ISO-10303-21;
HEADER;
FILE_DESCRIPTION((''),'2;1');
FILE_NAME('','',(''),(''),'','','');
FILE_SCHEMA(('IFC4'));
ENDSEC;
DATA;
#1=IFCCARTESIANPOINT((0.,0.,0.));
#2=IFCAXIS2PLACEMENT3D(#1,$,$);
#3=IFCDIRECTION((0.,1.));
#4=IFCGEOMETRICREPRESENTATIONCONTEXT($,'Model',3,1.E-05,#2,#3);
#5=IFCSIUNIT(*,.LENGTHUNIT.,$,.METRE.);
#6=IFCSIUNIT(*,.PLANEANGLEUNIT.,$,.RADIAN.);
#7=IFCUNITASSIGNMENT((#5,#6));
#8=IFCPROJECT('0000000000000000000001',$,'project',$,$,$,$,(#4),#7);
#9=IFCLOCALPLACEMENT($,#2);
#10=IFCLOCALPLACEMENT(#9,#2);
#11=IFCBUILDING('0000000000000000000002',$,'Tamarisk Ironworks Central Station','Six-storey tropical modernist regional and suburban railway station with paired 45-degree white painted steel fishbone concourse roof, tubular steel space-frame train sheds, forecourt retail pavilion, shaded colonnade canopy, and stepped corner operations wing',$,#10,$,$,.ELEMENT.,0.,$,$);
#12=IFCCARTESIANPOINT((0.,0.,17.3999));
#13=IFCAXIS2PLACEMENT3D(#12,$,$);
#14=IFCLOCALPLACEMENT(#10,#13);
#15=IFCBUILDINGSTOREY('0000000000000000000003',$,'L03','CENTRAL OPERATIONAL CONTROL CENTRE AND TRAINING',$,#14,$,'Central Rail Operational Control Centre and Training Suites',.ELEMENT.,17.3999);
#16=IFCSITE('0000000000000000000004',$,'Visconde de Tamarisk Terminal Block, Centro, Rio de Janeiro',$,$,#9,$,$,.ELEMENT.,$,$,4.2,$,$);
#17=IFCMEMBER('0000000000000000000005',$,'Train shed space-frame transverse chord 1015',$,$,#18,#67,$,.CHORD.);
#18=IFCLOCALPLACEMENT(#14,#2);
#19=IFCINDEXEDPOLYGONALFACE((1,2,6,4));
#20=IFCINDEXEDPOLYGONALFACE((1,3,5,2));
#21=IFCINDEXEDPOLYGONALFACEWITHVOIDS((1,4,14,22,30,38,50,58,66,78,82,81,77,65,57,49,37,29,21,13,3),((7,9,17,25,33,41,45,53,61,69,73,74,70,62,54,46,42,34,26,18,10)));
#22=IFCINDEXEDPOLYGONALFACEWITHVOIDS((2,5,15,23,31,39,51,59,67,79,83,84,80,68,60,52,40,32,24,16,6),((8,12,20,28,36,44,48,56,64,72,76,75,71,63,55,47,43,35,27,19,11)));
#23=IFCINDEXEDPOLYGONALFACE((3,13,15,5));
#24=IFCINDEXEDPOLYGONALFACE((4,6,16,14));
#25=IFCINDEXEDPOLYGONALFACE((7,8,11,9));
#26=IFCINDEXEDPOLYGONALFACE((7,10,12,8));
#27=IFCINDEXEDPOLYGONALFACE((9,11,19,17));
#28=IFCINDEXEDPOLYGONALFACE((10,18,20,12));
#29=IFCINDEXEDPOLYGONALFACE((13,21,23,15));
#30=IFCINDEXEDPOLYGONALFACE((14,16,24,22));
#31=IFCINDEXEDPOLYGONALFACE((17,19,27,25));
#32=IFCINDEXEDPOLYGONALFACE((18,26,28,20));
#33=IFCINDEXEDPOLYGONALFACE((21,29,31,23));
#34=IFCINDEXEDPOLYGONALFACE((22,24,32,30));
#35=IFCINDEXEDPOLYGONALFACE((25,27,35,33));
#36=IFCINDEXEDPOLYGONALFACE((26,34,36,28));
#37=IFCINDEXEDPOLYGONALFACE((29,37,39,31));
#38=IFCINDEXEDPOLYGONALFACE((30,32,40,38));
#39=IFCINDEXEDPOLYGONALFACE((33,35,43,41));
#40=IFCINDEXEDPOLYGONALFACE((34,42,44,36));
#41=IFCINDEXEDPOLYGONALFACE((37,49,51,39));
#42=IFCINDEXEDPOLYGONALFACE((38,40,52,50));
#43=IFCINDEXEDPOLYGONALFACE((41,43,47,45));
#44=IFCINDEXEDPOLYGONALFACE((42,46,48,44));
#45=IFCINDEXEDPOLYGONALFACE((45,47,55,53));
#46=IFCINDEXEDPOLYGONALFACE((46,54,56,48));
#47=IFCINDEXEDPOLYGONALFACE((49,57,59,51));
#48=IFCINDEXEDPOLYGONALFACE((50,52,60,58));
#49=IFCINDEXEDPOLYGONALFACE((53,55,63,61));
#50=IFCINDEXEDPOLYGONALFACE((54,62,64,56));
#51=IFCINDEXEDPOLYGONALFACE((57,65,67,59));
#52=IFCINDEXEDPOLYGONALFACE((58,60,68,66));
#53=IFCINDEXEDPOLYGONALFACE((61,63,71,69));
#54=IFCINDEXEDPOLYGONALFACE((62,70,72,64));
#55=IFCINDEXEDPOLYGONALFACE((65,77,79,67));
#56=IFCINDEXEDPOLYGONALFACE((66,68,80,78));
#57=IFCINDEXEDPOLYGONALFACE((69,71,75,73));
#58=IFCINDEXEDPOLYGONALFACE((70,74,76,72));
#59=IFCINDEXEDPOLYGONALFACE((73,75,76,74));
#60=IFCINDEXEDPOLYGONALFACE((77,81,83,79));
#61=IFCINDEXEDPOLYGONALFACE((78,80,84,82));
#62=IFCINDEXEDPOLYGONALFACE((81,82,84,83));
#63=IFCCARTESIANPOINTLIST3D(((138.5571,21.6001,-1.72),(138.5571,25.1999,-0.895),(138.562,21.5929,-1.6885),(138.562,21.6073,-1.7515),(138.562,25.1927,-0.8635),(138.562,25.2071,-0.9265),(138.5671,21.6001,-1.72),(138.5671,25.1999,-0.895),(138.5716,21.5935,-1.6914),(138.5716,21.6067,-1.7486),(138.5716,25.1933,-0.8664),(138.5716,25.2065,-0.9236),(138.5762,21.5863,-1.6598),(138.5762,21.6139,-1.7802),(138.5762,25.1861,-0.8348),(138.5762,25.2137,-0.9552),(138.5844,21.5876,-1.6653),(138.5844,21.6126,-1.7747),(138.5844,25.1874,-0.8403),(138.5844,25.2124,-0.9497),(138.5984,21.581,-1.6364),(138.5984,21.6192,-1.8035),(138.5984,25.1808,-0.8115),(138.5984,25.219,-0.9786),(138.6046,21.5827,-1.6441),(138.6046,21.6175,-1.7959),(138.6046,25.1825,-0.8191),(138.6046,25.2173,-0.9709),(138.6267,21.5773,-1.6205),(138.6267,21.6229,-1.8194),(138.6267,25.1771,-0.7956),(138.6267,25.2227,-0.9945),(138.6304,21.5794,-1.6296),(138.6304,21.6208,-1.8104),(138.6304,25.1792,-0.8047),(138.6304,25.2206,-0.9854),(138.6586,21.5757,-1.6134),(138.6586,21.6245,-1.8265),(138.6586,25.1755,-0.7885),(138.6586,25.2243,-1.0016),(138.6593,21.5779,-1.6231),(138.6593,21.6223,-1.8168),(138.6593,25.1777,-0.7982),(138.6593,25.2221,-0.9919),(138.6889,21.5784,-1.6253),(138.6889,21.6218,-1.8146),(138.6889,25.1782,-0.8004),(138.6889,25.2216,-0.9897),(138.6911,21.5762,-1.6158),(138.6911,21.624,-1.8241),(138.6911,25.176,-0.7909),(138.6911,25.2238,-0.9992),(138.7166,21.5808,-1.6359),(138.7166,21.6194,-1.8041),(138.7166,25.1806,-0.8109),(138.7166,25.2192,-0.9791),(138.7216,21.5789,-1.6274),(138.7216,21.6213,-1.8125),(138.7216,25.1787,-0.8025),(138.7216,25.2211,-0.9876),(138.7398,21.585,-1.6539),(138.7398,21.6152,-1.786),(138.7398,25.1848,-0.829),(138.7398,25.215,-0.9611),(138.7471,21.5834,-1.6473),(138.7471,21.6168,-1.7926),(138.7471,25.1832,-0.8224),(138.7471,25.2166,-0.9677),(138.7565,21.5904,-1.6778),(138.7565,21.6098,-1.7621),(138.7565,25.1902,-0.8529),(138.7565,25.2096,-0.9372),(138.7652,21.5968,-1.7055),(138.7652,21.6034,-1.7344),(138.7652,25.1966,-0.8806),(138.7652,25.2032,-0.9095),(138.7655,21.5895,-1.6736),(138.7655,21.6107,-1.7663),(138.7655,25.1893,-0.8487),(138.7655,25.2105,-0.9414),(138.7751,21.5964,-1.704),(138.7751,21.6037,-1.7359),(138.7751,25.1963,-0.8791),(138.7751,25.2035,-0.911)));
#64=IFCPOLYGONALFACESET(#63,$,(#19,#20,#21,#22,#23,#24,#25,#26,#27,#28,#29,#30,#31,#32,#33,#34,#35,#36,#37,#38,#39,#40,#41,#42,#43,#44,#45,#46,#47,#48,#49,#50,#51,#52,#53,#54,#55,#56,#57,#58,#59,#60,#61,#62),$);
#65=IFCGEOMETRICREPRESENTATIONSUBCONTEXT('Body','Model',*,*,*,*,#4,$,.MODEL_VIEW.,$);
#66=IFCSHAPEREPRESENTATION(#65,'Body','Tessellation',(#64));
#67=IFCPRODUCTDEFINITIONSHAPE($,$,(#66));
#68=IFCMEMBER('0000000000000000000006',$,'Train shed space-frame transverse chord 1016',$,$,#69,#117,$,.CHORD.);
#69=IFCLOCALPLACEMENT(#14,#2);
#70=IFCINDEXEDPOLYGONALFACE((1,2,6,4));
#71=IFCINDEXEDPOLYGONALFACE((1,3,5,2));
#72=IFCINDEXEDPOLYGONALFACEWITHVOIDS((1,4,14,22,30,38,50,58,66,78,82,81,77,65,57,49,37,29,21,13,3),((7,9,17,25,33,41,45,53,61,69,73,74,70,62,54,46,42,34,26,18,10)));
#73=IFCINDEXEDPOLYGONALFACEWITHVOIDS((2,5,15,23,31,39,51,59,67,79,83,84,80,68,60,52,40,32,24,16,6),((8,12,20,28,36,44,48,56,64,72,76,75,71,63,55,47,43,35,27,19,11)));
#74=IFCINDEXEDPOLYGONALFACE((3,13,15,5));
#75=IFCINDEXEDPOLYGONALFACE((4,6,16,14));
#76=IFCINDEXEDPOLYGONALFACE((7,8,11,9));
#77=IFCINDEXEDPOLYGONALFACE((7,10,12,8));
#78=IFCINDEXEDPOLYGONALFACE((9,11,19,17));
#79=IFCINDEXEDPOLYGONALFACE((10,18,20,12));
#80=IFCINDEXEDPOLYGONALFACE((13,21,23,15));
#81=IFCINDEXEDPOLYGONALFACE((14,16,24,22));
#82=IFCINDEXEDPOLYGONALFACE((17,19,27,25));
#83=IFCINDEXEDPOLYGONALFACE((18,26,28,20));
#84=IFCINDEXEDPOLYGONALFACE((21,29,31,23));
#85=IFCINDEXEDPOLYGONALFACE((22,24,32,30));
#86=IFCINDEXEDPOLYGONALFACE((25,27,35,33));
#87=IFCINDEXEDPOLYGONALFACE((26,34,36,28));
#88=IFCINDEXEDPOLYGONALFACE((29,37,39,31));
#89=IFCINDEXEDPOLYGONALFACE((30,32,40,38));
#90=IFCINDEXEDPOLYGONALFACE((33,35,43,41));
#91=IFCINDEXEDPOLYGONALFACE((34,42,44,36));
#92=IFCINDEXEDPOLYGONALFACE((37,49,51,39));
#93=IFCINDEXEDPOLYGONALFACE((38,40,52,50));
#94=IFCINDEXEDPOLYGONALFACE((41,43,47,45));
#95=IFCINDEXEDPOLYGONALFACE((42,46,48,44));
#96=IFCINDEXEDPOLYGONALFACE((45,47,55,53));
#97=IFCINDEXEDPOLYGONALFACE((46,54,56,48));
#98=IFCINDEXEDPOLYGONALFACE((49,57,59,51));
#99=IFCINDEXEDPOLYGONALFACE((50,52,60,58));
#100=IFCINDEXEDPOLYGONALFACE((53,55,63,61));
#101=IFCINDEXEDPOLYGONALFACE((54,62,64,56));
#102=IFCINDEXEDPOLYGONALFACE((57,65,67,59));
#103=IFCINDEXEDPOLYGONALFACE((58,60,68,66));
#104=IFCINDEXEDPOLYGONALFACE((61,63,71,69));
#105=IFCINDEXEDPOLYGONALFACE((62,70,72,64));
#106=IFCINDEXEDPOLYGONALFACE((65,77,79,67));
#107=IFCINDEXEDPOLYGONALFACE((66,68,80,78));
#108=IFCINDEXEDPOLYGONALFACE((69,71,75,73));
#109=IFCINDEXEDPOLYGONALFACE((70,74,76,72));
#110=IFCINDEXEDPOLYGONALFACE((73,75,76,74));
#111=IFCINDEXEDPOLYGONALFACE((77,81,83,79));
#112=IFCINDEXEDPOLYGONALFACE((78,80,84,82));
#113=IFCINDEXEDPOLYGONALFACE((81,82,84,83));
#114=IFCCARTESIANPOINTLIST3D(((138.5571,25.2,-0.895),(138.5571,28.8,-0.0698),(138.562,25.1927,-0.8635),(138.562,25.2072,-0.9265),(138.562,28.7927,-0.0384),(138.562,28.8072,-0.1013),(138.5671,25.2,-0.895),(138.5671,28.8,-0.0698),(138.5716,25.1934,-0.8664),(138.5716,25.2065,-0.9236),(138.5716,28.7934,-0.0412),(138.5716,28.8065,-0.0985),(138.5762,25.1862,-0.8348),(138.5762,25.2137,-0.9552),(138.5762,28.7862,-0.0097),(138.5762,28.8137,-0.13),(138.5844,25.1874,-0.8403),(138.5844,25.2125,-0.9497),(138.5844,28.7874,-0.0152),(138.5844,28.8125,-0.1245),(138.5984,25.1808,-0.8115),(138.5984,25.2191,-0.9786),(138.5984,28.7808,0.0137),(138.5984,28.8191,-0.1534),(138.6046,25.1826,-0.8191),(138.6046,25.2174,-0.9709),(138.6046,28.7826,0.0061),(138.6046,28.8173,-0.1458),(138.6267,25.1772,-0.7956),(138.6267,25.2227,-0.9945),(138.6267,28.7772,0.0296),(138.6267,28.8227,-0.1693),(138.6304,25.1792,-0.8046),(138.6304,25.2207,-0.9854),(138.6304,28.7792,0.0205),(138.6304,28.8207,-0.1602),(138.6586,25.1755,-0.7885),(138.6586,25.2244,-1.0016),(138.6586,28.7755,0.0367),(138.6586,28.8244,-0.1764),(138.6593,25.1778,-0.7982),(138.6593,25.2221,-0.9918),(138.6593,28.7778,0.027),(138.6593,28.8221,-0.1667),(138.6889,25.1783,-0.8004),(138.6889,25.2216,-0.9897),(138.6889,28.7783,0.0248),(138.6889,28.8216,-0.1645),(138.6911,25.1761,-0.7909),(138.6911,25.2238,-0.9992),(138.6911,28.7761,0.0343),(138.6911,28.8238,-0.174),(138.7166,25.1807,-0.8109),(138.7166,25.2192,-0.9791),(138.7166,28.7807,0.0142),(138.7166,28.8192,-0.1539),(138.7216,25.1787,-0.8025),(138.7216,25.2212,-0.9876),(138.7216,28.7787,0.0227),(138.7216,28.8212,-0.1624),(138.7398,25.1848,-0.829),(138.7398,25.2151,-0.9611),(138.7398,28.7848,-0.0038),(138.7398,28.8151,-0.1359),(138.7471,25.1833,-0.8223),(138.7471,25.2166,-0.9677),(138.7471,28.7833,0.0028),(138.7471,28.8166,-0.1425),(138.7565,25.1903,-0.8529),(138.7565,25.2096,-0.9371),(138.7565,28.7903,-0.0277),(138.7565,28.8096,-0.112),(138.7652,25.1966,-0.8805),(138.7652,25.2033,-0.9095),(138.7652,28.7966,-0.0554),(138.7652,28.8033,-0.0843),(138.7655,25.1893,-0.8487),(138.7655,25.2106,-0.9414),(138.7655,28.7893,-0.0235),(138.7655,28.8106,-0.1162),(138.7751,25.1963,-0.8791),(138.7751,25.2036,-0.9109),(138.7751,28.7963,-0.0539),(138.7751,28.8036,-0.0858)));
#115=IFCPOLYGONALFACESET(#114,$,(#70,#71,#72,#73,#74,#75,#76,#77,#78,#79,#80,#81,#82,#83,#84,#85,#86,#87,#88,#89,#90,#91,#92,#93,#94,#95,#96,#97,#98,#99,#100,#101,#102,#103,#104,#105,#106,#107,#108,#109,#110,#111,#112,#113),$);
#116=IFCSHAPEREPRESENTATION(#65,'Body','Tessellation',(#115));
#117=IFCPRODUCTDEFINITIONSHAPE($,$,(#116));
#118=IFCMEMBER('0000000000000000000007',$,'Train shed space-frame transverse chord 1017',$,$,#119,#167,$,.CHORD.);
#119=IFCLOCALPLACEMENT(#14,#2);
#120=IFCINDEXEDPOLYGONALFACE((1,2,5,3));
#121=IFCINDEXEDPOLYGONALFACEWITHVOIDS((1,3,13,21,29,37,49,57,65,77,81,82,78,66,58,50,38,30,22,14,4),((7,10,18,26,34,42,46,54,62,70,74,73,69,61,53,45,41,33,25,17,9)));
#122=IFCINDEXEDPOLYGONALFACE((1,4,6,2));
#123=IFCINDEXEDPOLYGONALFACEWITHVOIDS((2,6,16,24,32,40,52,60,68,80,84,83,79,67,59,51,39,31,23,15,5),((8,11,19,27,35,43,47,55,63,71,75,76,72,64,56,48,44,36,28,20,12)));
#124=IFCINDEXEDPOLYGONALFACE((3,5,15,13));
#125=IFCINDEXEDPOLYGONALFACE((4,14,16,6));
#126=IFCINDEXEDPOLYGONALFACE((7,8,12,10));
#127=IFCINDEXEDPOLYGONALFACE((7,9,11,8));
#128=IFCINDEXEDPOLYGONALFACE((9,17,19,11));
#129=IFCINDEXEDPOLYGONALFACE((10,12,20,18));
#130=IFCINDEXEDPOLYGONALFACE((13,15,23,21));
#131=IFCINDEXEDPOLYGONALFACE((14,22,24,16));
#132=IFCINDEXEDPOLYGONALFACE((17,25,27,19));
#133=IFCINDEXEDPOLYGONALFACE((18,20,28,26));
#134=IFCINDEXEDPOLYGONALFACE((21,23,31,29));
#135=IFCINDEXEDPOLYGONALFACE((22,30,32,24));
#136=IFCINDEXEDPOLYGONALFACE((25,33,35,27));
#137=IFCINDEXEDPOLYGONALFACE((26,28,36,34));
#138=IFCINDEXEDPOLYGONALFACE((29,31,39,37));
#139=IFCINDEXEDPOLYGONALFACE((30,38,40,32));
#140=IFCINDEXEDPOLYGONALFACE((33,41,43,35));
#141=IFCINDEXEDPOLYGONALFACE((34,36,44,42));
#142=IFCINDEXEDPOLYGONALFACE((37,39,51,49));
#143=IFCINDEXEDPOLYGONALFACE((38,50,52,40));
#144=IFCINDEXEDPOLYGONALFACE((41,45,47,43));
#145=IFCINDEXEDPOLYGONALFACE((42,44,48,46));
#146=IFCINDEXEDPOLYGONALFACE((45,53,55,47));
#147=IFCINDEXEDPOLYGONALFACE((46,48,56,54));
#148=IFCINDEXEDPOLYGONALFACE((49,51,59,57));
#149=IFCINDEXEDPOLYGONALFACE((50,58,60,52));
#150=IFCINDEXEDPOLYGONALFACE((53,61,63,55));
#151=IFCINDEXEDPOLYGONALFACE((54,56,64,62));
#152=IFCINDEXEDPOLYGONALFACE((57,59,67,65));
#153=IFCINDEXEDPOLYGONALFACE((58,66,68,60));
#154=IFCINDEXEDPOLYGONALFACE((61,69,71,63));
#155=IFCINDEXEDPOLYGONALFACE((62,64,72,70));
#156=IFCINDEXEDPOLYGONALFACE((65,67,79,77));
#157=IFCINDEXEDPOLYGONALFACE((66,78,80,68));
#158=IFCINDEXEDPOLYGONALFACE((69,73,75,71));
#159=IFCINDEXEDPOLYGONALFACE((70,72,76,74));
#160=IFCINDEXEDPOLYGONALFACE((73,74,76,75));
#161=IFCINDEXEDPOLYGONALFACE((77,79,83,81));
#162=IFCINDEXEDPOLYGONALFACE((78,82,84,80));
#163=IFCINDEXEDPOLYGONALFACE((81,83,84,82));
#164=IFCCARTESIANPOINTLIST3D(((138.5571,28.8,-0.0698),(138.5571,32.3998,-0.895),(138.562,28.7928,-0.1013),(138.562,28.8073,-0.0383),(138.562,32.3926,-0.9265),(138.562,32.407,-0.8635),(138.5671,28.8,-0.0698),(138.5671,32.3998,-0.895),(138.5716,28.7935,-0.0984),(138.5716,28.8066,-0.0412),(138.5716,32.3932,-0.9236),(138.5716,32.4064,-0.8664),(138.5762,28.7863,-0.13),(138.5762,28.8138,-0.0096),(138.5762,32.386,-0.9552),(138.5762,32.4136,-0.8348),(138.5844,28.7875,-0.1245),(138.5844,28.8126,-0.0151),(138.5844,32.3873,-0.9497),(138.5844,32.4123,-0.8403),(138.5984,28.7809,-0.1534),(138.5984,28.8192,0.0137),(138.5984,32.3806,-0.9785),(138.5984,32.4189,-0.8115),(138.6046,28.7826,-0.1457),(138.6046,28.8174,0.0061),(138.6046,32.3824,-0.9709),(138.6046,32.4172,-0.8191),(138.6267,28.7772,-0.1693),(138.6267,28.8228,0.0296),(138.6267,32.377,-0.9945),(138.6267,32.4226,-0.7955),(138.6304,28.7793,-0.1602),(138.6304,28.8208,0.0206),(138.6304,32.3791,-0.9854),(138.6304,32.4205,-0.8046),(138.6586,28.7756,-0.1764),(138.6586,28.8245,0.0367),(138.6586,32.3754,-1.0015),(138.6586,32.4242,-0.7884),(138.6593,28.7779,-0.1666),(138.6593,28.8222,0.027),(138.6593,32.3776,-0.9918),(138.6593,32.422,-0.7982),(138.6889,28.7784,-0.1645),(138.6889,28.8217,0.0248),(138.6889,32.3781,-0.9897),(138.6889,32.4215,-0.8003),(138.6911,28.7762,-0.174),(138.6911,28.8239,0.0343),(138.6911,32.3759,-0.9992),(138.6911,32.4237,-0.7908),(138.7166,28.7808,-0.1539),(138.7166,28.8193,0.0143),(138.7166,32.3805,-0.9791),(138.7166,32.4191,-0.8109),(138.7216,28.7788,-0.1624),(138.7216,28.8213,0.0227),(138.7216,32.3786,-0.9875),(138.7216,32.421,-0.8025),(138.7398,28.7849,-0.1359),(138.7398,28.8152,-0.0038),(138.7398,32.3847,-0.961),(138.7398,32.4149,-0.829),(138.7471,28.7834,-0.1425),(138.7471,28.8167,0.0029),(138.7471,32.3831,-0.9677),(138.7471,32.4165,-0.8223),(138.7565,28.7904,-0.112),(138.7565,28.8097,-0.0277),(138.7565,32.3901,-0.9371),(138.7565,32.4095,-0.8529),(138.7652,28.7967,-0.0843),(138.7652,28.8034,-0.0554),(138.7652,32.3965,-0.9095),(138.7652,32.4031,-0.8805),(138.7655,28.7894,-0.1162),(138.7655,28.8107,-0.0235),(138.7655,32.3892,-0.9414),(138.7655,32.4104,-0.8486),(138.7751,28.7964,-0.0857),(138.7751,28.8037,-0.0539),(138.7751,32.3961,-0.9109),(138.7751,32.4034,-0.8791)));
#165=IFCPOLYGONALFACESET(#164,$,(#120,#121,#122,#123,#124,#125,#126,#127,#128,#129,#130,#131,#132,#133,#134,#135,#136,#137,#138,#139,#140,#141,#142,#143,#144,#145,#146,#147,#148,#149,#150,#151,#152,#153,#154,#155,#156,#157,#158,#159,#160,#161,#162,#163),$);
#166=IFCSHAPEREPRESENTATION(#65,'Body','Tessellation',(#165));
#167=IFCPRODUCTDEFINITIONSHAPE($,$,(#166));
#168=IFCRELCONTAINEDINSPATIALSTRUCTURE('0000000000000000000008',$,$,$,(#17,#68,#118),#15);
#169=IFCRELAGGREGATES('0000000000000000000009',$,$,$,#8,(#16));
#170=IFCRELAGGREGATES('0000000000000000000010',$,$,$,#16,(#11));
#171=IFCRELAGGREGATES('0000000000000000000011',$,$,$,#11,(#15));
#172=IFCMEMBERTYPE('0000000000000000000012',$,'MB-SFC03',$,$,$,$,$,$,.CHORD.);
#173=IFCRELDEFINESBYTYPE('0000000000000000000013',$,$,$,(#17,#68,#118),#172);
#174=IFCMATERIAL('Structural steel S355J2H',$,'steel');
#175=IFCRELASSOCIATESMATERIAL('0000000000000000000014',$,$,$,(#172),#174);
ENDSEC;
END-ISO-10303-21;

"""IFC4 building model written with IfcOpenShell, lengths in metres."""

from ifc_helpers import new_model, si_unit, direction, frame, origin, origin_2d, place, context, subcontext, project, spatial, hollow_circle, extrude, material, material_profile, profile_set, type_object, element, save


model = new_model("IFC4")

# Units and contexts
model_context = context("Model", 3, precision=1e-05, world=origin(), true_north=direction((0.0, 1.0)))
body_context = subcontext(model_context, "Body", "Model", "MODEL_VIEW")
ifc_project = project(units=[si_unit("LENGTHUNIT", "METRE"), si_unit("PLANEANGLEUNIT", "RADIAN")], contexts=[model_context])

# Site, building, storey
site_placement = place(None, origin())
site = spatial("IfcSite", under=ifc_project, at=site_placement, Name="Visconde de Tamarisk Terminal Block, Centro, Rio de Janeiro", CompositionType="ELEMENT", RefElevation=4.2)
building_placement = place(site_placement, origin())
building = spatial("IfcBuilding", under=site, at=building_placement, Name="Tamarisk Ironworks Central Station", Description="Six-storey tropical modernist regional and suburban railway station with paired 45-degree white painted steel fishbone concourse roof, tubular steel space-frame train sheds, forecourt retail pavilion, shaded colonnade canopy, and stepped corner operations wing", CompositionType="ELEMENT", ElevationOfRefHeight=0.0)
storey_placement = place(building_placement, frame((0.0, 0.0, 17.3999)))
storey = spatial("IfcBuildingStorey", under=building, at=storey_placement, Name="L03", Description="CENTRAL OPERATIONAL CONTROL CENTRE AND TRAINING", LongName="Central Rail Operational Control Centre and Training Suites", CompositionType="ELEMENT", Elevation=17.3999)

# Members
ifc_material_1 = material(Name="Structural steel S355J2H", Category="steel")
ifc_material_profile_1 = material_profile(ifc_material_1, hollow_circle(Radius=0.1096, WallThickness=0.01, at=origin_2d()), Name="CHS 219.1x10")
ifc_profile_set_1 = profile_set([ifc_material_profile_1], Name="Structural steel S355J2H")
member_type_1 = type_object("IfcMemberType", Name="MB-SFC03", PredefinedType="CHORD", material=ifc_profile_set_1)
for number, where, z_axis, x_axis, name in (
    (1, (138.6667, 21.6001, -1.72), (0.0, 0.974733, 0.223372), (-1.0, 0.0, 0.0), "Train shed space-frame transverse chord 1015"),
):
    element("IfcMember", number, at=place(storey_placement, frame(where, z_axis=z_axis, x_axis=x_axis)), inside=storey, type_object=member_type_1, Name=name, PredefinedType="CHORD", context=body_context, shape_type="SweptSolid", body=[
        extrude(hollow_circle(Radius=0.1096, WallThickness=0.01, at=origin_2d()), origin(), (0.0, 0.0, 1.0), 3.6931),
    ])
member_1_placement = place(storey_placement, frame((138.6667, 25.2, -0.895), z_axis=(0.0, 0.974722, 0.223421), x_axis=(-1.0, 0.0, 0.0)))
element("IfcMember", 2, at=member_1_placement, inside=storey, type_object=member_type_1, Name="Train shed space-frame transverse chord 1016", PredefinedType="CHORD", context=body_context, shape_type="SweptSolid", body=[
    extrude(hollow_circle(Radius=0.1096, WallThickness=0.01, at=origin_2d()), origin(), (0.0, 0.0, 1.0), 3.6934),
])
member_2_placement = place(storey_placement, frame((138.6667, 28.8, -0.0698), z_axis=(0.0, 0.974719, -0.223435), x_axis=(-1.0, 0.0, 0.0)))
element("IfcMember", 3, at=member_2_placement, inside=storey, type_object=member_type_1, Name="Train shed space-frame transverse chord 1017", PredefinedType="CHORD", context=body_context, shape_type="SweptSolid", body=[
    extrude(hollow_circle(Radius=0.1096, WallThickness=0.01, at=origin_2d()), origin(), (0.0, 0.0, 1.0), 3.6931),
])

save(model, "model.ifc")
